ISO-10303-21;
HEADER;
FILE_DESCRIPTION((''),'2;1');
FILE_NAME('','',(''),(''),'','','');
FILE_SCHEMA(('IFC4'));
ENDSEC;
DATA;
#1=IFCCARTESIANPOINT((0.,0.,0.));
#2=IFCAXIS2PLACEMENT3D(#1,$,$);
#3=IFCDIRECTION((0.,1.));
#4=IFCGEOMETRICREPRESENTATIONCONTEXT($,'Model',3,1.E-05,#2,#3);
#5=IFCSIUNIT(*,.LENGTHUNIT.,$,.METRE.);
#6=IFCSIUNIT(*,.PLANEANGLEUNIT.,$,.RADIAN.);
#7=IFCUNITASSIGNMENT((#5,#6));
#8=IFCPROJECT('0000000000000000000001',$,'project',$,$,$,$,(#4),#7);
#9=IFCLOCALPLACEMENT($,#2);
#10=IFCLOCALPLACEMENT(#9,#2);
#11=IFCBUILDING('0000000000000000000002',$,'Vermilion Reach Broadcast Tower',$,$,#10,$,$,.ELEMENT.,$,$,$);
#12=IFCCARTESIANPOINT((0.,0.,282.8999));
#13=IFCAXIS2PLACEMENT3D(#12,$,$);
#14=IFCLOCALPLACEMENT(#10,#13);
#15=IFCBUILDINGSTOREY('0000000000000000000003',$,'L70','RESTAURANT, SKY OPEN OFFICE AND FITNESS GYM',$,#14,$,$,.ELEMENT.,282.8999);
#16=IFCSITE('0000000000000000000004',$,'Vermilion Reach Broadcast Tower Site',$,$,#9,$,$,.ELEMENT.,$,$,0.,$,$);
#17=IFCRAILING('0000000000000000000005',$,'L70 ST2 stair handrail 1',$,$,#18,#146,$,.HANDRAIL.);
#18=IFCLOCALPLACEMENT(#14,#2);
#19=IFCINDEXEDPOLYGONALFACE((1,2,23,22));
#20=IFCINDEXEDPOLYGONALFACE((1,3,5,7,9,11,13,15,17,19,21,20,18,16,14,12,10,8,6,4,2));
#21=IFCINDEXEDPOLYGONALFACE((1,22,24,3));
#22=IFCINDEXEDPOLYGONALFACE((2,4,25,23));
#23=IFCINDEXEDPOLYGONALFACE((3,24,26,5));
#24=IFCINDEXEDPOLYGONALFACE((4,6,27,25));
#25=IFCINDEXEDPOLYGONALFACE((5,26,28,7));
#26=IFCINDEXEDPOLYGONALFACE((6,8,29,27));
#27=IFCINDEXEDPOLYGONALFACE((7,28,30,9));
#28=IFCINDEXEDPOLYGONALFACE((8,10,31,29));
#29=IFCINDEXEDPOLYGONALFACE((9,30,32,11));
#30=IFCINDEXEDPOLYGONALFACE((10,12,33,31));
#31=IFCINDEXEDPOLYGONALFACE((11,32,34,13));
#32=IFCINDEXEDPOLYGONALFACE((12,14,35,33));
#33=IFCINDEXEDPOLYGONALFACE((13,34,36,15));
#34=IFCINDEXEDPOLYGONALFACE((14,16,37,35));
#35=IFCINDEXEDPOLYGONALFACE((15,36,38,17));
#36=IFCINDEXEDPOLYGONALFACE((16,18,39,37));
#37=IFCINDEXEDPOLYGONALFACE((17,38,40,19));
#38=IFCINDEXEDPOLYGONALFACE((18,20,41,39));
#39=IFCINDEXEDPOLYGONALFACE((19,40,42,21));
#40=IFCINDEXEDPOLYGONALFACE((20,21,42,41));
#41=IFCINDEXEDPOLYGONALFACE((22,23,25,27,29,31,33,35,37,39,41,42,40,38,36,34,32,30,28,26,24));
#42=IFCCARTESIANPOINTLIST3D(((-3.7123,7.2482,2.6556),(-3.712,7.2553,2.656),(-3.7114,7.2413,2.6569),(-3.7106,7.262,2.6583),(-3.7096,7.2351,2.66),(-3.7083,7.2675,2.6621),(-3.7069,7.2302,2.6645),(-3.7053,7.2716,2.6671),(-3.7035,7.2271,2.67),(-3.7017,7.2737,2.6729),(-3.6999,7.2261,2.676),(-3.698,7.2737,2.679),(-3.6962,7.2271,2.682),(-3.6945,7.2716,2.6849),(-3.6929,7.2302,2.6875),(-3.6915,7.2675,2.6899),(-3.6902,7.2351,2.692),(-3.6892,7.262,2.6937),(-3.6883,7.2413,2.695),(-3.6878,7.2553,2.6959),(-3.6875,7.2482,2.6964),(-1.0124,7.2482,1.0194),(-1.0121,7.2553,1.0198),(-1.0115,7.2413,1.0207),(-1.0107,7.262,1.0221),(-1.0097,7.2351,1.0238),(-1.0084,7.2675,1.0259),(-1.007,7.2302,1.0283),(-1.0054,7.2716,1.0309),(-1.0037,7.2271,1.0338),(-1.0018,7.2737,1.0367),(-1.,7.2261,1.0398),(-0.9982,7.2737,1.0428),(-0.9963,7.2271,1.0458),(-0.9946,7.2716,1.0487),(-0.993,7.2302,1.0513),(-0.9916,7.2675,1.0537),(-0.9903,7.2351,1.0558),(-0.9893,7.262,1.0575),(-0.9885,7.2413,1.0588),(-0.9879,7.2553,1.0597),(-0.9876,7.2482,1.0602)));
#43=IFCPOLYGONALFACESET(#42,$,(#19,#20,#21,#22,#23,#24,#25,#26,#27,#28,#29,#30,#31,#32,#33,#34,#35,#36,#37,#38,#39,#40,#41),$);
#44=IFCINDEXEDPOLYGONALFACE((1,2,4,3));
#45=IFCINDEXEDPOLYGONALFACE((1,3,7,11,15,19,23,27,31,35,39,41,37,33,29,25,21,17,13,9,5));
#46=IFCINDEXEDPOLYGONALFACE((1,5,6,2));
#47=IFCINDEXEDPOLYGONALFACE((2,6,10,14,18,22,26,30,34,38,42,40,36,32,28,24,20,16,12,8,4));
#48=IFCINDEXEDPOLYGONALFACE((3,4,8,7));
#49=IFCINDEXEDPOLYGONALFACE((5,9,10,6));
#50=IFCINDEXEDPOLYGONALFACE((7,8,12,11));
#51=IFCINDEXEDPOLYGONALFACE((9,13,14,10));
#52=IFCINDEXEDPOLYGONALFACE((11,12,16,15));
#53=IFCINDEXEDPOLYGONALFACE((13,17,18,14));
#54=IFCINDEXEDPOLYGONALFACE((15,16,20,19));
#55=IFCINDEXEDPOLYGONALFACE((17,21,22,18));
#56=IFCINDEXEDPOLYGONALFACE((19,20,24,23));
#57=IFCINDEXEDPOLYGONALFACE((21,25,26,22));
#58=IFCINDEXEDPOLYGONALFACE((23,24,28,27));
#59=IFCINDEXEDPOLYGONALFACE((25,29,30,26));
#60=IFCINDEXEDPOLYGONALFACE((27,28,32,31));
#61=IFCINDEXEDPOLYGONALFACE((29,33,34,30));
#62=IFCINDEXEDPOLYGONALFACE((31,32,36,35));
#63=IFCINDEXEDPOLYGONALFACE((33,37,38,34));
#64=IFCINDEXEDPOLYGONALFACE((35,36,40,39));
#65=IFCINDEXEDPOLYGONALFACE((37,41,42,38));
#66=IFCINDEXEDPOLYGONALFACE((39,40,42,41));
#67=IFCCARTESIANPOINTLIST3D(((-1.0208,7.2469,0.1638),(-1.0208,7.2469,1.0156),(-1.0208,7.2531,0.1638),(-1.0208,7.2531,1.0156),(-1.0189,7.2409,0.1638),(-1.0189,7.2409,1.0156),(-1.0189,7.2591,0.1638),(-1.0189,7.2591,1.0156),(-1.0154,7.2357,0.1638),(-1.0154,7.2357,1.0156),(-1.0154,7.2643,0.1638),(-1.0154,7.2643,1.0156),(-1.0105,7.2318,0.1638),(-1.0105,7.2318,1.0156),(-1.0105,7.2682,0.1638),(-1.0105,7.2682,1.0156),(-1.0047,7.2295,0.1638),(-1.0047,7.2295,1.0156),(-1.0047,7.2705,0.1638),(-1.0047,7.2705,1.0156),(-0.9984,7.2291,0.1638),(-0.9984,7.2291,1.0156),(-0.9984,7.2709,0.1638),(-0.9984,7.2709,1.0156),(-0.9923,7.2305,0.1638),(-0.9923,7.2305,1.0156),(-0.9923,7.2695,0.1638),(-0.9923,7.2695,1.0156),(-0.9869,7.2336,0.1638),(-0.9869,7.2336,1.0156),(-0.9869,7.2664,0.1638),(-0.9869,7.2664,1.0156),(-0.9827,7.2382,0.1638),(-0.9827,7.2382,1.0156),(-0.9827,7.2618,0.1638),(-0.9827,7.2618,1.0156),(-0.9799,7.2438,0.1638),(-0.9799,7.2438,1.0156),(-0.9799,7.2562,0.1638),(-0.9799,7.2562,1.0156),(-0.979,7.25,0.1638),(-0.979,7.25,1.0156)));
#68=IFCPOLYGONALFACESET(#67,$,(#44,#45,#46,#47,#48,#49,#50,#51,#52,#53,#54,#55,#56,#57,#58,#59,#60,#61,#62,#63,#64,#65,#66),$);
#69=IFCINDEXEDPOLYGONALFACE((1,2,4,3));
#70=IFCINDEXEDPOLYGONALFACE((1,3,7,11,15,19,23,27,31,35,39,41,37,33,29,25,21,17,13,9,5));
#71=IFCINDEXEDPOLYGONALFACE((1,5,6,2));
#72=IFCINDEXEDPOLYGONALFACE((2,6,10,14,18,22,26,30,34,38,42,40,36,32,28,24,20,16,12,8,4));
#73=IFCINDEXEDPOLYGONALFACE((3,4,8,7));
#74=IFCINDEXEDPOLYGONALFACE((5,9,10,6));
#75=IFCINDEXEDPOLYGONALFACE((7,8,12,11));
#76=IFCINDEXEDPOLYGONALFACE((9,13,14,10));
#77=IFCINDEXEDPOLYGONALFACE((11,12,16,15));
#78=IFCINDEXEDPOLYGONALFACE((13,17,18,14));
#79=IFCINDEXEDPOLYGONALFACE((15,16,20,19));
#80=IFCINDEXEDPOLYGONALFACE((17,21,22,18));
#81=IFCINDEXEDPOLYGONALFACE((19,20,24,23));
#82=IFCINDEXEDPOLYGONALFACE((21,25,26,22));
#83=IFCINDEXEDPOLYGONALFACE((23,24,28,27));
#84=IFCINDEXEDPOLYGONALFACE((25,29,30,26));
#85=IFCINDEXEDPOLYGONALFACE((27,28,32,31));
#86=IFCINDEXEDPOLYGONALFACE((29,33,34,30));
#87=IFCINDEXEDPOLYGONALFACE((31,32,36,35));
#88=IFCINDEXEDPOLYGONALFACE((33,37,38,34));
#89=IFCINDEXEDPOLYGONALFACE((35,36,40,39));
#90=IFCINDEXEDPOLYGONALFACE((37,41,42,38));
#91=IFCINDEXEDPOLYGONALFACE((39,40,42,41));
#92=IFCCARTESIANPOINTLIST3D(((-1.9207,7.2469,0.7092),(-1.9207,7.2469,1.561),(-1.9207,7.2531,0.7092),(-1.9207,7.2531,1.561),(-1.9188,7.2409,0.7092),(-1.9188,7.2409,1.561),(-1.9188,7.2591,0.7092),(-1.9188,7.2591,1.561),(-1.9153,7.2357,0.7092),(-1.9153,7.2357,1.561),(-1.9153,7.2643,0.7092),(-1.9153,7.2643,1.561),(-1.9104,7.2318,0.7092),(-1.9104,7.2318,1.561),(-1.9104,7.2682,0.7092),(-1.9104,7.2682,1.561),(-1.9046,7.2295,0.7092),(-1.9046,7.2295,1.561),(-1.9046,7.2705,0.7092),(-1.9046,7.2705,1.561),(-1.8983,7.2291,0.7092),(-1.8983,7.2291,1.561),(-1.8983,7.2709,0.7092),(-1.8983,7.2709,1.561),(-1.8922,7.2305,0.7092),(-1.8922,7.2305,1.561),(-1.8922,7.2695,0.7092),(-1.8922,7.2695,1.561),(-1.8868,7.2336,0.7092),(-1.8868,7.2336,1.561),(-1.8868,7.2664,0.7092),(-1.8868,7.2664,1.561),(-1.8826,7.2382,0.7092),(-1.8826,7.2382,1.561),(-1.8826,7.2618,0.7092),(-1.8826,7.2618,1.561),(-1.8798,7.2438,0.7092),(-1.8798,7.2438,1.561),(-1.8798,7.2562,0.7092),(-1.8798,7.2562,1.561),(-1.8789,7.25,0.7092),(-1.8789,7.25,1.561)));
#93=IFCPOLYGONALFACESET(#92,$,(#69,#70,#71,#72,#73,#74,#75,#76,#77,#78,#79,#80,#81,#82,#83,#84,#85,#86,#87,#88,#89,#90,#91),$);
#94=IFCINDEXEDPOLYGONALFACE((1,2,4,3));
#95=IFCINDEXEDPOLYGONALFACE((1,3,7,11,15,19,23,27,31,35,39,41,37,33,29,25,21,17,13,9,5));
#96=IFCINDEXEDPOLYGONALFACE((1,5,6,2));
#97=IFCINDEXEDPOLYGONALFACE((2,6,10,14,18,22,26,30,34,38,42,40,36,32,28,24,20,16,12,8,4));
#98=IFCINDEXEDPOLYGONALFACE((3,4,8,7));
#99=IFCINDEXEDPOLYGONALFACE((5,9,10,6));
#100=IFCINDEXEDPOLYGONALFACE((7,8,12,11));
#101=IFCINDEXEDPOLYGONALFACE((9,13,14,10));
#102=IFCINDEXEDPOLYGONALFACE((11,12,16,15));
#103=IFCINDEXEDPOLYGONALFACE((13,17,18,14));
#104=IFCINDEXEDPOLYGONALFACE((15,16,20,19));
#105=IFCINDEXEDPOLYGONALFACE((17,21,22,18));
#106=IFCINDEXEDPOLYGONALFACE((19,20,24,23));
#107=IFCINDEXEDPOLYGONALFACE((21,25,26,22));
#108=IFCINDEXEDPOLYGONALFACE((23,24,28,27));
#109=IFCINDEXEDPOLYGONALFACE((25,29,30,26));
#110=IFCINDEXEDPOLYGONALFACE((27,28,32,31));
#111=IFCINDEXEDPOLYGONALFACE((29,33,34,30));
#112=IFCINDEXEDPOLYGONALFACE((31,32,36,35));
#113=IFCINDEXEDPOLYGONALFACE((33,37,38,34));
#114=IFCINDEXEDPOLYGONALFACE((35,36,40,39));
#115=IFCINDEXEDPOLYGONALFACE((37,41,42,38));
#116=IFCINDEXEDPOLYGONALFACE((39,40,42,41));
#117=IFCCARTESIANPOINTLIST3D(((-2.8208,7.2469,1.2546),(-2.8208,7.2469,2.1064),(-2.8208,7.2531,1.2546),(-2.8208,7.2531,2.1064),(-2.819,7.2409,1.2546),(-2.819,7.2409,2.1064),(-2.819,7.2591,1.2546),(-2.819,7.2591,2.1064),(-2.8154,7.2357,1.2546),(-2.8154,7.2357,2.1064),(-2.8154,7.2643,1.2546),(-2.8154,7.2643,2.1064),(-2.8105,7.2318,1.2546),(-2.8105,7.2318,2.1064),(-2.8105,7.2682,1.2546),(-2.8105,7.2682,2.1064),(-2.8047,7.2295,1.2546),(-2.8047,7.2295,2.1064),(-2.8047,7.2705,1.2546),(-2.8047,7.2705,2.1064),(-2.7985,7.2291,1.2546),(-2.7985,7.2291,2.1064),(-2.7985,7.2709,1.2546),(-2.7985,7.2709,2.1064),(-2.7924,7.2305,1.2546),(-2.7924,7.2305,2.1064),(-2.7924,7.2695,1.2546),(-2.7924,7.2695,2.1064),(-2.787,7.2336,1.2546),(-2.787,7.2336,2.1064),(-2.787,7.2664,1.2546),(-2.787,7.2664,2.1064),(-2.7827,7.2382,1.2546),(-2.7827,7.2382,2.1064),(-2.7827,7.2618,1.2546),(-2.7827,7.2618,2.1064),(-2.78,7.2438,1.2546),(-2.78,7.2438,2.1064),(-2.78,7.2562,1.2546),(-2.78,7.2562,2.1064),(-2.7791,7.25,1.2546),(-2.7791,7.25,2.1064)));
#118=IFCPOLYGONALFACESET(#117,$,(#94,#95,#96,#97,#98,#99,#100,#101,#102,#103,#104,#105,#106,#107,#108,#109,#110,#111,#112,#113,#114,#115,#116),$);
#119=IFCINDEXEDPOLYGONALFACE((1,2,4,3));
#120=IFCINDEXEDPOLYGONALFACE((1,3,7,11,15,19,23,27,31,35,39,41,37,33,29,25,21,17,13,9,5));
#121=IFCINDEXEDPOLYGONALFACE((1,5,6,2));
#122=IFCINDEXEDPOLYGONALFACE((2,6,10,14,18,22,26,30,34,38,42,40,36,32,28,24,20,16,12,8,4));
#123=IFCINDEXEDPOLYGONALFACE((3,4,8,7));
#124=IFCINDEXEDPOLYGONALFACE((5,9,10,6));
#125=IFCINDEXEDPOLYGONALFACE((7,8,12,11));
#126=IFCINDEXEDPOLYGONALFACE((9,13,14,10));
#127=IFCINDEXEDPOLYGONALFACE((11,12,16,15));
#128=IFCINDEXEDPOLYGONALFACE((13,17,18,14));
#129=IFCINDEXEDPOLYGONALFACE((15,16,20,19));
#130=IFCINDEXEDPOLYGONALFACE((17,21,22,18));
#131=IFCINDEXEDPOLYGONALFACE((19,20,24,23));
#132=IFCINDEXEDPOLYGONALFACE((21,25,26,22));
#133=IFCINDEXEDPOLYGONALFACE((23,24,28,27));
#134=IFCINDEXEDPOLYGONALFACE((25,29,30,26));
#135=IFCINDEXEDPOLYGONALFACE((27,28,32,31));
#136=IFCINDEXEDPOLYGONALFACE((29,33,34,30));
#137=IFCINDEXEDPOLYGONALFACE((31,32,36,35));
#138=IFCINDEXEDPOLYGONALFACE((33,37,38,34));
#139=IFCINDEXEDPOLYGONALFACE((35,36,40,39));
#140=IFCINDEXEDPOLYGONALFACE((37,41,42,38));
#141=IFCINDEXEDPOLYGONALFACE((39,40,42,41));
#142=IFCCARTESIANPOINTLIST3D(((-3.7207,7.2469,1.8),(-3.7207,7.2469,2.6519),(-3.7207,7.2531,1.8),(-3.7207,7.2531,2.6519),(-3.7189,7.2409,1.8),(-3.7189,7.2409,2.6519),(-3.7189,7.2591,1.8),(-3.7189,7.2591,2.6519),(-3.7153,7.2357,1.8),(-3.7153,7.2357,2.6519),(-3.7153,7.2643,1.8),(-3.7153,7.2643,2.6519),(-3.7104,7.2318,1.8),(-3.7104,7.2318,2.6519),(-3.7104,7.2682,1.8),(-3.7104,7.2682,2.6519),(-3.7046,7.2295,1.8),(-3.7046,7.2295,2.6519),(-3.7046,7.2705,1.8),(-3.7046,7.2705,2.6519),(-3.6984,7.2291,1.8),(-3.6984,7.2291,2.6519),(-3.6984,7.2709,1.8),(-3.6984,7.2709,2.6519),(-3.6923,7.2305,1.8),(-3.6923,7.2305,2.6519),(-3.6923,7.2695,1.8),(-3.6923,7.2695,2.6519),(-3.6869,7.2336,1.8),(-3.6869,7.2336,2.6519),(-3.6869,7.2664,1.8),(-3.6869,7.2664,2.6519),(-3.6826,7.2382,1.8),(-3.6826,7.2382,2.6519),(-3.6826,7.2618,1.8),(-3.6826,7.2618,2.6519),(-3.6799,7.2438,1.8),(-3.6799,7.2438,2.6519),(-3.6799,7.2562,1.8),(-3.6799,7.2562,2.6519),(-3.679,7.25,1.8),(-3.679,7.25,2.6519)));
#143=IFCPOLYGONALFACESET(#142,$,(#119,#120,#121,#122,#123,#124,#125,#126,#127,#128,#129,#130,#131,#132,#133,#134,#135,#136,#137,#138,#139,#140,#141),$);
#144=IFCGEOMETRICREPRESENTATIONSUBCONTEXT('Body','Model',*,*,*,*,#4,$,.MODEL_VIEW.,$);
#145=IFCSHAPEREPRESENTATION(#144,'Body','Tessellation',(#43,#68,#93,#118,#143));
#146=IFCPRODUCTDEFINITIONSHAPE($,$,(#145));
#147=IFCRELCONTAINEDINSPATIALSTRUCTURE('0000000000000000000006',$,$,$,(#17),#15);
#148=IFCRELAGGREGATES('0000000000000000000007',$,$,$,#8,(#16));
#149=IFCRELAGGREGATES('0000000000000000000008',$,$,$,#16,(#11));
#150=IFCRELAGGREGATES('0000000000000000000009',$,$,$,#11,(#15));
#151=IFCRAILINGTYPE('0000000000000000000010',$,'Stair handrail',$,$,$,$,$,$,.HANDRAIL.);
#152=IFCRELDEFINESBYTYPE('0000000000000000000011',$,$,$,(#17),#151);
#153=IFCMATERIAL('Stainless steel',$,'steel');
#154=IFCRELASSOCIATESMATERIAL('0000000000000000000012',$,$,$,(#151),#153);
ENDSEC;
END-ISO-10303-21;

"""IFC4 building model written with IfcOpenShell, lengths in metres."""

from ifc_helpers import new_model, si_unit, direction, frame, origin, origin_2d, place, context, subcontext, project, spatial, circle, extrude, material, type_object, element, save


model = new_model("IFC4")

# Units and contexts
model_context = context("Model", 3, precision=1e-05, world=origin(), true_north=direction((0.0, 1.0)))
body_context = subcontext(model_context, "Body", "Model", "MODEL_VIEW")
ifc_project = project(units=[si_unit("LENGTHUNIT", "METRE"), si_unit("PLANEANGLEUNIT", "RADIAN")], contexts=[model_context])

# Site, building, storey
site_placement = place(None, origin())
site = spatial("IfcSite", under=ifc_project, at=site_placement, Name="Vermilion Reach Broadcast Tower Site", CompositionType="ELEMENT", RefElevation=0.0)
building_placement = place(site_placement, origin())
building = spatial("IfcBuilding", under=site, at=building_placement, Name="Vermilion Reach Broadcast Tower", CompositionType="ELEMENT")
storey_placement = place(building_placement, frame((0.0, 0.0, 282.8999)))
storey = spatial("IfcBuildingStorey", under=building, at=storey_placement, Name="L70", Description="RESTAURANT, SKY OPEN OFFICE AND FITNESS GYM", CompositionType="ELEMENT", Elevation=282.8999)

# Railing
ifc_material_1 = material(Name="Stainless steel", Category="steel")
railing_type_1 = type_object("IfcRailingType", Name="Stair handrail", PredefinedType="HANDRAIL", material=ifc_material_1)
railing_1_placement = place(storey_placement, frame((-1.0, 7.25, 0.1638)))
element("IfcRailing", 1, at=railing_1_placement, inside=storey, type_object=railing_type_1, Name="L70 ST2 stair handrail 1", PredefinedType="HANDRAIL", context=body_context, shape_type="SweptSolid", body=[
    extrude(circle(Radius=0.0239, at=origin_2d()), frame((0.0, 0.0, 0.876), z_axis=(-0.855212, 0.0, 0.518278), x_axis=(0.0, -1.0, 0.0)), (0.0, 0.0, 1.0), 3.157),
    extrude(circle(Radius=0.021, at=origin_2d()), origin(), (0.0, 0.0, 1.0), 0.8518),
    extrude(circle(Radius=0.021, at=origin_2d()), frame((-0.8999, 0.0, 0.5454)), (0.0, 0.0, 1.0), 0.8518),
    extrude(circle(Radius=0.021, at=origin_2d()), frame((-1.8, 0.0, 1.0908)), (0.0, 0.0, 1.0), 0.8518),
    extrude(circle(Radius=0.021, at=origin_2d()), frame((-2.7, 0.0, 1.6362)), (0.0, 0.0, 1.0), 0.8518),
])

save(model, "model.ifc")
